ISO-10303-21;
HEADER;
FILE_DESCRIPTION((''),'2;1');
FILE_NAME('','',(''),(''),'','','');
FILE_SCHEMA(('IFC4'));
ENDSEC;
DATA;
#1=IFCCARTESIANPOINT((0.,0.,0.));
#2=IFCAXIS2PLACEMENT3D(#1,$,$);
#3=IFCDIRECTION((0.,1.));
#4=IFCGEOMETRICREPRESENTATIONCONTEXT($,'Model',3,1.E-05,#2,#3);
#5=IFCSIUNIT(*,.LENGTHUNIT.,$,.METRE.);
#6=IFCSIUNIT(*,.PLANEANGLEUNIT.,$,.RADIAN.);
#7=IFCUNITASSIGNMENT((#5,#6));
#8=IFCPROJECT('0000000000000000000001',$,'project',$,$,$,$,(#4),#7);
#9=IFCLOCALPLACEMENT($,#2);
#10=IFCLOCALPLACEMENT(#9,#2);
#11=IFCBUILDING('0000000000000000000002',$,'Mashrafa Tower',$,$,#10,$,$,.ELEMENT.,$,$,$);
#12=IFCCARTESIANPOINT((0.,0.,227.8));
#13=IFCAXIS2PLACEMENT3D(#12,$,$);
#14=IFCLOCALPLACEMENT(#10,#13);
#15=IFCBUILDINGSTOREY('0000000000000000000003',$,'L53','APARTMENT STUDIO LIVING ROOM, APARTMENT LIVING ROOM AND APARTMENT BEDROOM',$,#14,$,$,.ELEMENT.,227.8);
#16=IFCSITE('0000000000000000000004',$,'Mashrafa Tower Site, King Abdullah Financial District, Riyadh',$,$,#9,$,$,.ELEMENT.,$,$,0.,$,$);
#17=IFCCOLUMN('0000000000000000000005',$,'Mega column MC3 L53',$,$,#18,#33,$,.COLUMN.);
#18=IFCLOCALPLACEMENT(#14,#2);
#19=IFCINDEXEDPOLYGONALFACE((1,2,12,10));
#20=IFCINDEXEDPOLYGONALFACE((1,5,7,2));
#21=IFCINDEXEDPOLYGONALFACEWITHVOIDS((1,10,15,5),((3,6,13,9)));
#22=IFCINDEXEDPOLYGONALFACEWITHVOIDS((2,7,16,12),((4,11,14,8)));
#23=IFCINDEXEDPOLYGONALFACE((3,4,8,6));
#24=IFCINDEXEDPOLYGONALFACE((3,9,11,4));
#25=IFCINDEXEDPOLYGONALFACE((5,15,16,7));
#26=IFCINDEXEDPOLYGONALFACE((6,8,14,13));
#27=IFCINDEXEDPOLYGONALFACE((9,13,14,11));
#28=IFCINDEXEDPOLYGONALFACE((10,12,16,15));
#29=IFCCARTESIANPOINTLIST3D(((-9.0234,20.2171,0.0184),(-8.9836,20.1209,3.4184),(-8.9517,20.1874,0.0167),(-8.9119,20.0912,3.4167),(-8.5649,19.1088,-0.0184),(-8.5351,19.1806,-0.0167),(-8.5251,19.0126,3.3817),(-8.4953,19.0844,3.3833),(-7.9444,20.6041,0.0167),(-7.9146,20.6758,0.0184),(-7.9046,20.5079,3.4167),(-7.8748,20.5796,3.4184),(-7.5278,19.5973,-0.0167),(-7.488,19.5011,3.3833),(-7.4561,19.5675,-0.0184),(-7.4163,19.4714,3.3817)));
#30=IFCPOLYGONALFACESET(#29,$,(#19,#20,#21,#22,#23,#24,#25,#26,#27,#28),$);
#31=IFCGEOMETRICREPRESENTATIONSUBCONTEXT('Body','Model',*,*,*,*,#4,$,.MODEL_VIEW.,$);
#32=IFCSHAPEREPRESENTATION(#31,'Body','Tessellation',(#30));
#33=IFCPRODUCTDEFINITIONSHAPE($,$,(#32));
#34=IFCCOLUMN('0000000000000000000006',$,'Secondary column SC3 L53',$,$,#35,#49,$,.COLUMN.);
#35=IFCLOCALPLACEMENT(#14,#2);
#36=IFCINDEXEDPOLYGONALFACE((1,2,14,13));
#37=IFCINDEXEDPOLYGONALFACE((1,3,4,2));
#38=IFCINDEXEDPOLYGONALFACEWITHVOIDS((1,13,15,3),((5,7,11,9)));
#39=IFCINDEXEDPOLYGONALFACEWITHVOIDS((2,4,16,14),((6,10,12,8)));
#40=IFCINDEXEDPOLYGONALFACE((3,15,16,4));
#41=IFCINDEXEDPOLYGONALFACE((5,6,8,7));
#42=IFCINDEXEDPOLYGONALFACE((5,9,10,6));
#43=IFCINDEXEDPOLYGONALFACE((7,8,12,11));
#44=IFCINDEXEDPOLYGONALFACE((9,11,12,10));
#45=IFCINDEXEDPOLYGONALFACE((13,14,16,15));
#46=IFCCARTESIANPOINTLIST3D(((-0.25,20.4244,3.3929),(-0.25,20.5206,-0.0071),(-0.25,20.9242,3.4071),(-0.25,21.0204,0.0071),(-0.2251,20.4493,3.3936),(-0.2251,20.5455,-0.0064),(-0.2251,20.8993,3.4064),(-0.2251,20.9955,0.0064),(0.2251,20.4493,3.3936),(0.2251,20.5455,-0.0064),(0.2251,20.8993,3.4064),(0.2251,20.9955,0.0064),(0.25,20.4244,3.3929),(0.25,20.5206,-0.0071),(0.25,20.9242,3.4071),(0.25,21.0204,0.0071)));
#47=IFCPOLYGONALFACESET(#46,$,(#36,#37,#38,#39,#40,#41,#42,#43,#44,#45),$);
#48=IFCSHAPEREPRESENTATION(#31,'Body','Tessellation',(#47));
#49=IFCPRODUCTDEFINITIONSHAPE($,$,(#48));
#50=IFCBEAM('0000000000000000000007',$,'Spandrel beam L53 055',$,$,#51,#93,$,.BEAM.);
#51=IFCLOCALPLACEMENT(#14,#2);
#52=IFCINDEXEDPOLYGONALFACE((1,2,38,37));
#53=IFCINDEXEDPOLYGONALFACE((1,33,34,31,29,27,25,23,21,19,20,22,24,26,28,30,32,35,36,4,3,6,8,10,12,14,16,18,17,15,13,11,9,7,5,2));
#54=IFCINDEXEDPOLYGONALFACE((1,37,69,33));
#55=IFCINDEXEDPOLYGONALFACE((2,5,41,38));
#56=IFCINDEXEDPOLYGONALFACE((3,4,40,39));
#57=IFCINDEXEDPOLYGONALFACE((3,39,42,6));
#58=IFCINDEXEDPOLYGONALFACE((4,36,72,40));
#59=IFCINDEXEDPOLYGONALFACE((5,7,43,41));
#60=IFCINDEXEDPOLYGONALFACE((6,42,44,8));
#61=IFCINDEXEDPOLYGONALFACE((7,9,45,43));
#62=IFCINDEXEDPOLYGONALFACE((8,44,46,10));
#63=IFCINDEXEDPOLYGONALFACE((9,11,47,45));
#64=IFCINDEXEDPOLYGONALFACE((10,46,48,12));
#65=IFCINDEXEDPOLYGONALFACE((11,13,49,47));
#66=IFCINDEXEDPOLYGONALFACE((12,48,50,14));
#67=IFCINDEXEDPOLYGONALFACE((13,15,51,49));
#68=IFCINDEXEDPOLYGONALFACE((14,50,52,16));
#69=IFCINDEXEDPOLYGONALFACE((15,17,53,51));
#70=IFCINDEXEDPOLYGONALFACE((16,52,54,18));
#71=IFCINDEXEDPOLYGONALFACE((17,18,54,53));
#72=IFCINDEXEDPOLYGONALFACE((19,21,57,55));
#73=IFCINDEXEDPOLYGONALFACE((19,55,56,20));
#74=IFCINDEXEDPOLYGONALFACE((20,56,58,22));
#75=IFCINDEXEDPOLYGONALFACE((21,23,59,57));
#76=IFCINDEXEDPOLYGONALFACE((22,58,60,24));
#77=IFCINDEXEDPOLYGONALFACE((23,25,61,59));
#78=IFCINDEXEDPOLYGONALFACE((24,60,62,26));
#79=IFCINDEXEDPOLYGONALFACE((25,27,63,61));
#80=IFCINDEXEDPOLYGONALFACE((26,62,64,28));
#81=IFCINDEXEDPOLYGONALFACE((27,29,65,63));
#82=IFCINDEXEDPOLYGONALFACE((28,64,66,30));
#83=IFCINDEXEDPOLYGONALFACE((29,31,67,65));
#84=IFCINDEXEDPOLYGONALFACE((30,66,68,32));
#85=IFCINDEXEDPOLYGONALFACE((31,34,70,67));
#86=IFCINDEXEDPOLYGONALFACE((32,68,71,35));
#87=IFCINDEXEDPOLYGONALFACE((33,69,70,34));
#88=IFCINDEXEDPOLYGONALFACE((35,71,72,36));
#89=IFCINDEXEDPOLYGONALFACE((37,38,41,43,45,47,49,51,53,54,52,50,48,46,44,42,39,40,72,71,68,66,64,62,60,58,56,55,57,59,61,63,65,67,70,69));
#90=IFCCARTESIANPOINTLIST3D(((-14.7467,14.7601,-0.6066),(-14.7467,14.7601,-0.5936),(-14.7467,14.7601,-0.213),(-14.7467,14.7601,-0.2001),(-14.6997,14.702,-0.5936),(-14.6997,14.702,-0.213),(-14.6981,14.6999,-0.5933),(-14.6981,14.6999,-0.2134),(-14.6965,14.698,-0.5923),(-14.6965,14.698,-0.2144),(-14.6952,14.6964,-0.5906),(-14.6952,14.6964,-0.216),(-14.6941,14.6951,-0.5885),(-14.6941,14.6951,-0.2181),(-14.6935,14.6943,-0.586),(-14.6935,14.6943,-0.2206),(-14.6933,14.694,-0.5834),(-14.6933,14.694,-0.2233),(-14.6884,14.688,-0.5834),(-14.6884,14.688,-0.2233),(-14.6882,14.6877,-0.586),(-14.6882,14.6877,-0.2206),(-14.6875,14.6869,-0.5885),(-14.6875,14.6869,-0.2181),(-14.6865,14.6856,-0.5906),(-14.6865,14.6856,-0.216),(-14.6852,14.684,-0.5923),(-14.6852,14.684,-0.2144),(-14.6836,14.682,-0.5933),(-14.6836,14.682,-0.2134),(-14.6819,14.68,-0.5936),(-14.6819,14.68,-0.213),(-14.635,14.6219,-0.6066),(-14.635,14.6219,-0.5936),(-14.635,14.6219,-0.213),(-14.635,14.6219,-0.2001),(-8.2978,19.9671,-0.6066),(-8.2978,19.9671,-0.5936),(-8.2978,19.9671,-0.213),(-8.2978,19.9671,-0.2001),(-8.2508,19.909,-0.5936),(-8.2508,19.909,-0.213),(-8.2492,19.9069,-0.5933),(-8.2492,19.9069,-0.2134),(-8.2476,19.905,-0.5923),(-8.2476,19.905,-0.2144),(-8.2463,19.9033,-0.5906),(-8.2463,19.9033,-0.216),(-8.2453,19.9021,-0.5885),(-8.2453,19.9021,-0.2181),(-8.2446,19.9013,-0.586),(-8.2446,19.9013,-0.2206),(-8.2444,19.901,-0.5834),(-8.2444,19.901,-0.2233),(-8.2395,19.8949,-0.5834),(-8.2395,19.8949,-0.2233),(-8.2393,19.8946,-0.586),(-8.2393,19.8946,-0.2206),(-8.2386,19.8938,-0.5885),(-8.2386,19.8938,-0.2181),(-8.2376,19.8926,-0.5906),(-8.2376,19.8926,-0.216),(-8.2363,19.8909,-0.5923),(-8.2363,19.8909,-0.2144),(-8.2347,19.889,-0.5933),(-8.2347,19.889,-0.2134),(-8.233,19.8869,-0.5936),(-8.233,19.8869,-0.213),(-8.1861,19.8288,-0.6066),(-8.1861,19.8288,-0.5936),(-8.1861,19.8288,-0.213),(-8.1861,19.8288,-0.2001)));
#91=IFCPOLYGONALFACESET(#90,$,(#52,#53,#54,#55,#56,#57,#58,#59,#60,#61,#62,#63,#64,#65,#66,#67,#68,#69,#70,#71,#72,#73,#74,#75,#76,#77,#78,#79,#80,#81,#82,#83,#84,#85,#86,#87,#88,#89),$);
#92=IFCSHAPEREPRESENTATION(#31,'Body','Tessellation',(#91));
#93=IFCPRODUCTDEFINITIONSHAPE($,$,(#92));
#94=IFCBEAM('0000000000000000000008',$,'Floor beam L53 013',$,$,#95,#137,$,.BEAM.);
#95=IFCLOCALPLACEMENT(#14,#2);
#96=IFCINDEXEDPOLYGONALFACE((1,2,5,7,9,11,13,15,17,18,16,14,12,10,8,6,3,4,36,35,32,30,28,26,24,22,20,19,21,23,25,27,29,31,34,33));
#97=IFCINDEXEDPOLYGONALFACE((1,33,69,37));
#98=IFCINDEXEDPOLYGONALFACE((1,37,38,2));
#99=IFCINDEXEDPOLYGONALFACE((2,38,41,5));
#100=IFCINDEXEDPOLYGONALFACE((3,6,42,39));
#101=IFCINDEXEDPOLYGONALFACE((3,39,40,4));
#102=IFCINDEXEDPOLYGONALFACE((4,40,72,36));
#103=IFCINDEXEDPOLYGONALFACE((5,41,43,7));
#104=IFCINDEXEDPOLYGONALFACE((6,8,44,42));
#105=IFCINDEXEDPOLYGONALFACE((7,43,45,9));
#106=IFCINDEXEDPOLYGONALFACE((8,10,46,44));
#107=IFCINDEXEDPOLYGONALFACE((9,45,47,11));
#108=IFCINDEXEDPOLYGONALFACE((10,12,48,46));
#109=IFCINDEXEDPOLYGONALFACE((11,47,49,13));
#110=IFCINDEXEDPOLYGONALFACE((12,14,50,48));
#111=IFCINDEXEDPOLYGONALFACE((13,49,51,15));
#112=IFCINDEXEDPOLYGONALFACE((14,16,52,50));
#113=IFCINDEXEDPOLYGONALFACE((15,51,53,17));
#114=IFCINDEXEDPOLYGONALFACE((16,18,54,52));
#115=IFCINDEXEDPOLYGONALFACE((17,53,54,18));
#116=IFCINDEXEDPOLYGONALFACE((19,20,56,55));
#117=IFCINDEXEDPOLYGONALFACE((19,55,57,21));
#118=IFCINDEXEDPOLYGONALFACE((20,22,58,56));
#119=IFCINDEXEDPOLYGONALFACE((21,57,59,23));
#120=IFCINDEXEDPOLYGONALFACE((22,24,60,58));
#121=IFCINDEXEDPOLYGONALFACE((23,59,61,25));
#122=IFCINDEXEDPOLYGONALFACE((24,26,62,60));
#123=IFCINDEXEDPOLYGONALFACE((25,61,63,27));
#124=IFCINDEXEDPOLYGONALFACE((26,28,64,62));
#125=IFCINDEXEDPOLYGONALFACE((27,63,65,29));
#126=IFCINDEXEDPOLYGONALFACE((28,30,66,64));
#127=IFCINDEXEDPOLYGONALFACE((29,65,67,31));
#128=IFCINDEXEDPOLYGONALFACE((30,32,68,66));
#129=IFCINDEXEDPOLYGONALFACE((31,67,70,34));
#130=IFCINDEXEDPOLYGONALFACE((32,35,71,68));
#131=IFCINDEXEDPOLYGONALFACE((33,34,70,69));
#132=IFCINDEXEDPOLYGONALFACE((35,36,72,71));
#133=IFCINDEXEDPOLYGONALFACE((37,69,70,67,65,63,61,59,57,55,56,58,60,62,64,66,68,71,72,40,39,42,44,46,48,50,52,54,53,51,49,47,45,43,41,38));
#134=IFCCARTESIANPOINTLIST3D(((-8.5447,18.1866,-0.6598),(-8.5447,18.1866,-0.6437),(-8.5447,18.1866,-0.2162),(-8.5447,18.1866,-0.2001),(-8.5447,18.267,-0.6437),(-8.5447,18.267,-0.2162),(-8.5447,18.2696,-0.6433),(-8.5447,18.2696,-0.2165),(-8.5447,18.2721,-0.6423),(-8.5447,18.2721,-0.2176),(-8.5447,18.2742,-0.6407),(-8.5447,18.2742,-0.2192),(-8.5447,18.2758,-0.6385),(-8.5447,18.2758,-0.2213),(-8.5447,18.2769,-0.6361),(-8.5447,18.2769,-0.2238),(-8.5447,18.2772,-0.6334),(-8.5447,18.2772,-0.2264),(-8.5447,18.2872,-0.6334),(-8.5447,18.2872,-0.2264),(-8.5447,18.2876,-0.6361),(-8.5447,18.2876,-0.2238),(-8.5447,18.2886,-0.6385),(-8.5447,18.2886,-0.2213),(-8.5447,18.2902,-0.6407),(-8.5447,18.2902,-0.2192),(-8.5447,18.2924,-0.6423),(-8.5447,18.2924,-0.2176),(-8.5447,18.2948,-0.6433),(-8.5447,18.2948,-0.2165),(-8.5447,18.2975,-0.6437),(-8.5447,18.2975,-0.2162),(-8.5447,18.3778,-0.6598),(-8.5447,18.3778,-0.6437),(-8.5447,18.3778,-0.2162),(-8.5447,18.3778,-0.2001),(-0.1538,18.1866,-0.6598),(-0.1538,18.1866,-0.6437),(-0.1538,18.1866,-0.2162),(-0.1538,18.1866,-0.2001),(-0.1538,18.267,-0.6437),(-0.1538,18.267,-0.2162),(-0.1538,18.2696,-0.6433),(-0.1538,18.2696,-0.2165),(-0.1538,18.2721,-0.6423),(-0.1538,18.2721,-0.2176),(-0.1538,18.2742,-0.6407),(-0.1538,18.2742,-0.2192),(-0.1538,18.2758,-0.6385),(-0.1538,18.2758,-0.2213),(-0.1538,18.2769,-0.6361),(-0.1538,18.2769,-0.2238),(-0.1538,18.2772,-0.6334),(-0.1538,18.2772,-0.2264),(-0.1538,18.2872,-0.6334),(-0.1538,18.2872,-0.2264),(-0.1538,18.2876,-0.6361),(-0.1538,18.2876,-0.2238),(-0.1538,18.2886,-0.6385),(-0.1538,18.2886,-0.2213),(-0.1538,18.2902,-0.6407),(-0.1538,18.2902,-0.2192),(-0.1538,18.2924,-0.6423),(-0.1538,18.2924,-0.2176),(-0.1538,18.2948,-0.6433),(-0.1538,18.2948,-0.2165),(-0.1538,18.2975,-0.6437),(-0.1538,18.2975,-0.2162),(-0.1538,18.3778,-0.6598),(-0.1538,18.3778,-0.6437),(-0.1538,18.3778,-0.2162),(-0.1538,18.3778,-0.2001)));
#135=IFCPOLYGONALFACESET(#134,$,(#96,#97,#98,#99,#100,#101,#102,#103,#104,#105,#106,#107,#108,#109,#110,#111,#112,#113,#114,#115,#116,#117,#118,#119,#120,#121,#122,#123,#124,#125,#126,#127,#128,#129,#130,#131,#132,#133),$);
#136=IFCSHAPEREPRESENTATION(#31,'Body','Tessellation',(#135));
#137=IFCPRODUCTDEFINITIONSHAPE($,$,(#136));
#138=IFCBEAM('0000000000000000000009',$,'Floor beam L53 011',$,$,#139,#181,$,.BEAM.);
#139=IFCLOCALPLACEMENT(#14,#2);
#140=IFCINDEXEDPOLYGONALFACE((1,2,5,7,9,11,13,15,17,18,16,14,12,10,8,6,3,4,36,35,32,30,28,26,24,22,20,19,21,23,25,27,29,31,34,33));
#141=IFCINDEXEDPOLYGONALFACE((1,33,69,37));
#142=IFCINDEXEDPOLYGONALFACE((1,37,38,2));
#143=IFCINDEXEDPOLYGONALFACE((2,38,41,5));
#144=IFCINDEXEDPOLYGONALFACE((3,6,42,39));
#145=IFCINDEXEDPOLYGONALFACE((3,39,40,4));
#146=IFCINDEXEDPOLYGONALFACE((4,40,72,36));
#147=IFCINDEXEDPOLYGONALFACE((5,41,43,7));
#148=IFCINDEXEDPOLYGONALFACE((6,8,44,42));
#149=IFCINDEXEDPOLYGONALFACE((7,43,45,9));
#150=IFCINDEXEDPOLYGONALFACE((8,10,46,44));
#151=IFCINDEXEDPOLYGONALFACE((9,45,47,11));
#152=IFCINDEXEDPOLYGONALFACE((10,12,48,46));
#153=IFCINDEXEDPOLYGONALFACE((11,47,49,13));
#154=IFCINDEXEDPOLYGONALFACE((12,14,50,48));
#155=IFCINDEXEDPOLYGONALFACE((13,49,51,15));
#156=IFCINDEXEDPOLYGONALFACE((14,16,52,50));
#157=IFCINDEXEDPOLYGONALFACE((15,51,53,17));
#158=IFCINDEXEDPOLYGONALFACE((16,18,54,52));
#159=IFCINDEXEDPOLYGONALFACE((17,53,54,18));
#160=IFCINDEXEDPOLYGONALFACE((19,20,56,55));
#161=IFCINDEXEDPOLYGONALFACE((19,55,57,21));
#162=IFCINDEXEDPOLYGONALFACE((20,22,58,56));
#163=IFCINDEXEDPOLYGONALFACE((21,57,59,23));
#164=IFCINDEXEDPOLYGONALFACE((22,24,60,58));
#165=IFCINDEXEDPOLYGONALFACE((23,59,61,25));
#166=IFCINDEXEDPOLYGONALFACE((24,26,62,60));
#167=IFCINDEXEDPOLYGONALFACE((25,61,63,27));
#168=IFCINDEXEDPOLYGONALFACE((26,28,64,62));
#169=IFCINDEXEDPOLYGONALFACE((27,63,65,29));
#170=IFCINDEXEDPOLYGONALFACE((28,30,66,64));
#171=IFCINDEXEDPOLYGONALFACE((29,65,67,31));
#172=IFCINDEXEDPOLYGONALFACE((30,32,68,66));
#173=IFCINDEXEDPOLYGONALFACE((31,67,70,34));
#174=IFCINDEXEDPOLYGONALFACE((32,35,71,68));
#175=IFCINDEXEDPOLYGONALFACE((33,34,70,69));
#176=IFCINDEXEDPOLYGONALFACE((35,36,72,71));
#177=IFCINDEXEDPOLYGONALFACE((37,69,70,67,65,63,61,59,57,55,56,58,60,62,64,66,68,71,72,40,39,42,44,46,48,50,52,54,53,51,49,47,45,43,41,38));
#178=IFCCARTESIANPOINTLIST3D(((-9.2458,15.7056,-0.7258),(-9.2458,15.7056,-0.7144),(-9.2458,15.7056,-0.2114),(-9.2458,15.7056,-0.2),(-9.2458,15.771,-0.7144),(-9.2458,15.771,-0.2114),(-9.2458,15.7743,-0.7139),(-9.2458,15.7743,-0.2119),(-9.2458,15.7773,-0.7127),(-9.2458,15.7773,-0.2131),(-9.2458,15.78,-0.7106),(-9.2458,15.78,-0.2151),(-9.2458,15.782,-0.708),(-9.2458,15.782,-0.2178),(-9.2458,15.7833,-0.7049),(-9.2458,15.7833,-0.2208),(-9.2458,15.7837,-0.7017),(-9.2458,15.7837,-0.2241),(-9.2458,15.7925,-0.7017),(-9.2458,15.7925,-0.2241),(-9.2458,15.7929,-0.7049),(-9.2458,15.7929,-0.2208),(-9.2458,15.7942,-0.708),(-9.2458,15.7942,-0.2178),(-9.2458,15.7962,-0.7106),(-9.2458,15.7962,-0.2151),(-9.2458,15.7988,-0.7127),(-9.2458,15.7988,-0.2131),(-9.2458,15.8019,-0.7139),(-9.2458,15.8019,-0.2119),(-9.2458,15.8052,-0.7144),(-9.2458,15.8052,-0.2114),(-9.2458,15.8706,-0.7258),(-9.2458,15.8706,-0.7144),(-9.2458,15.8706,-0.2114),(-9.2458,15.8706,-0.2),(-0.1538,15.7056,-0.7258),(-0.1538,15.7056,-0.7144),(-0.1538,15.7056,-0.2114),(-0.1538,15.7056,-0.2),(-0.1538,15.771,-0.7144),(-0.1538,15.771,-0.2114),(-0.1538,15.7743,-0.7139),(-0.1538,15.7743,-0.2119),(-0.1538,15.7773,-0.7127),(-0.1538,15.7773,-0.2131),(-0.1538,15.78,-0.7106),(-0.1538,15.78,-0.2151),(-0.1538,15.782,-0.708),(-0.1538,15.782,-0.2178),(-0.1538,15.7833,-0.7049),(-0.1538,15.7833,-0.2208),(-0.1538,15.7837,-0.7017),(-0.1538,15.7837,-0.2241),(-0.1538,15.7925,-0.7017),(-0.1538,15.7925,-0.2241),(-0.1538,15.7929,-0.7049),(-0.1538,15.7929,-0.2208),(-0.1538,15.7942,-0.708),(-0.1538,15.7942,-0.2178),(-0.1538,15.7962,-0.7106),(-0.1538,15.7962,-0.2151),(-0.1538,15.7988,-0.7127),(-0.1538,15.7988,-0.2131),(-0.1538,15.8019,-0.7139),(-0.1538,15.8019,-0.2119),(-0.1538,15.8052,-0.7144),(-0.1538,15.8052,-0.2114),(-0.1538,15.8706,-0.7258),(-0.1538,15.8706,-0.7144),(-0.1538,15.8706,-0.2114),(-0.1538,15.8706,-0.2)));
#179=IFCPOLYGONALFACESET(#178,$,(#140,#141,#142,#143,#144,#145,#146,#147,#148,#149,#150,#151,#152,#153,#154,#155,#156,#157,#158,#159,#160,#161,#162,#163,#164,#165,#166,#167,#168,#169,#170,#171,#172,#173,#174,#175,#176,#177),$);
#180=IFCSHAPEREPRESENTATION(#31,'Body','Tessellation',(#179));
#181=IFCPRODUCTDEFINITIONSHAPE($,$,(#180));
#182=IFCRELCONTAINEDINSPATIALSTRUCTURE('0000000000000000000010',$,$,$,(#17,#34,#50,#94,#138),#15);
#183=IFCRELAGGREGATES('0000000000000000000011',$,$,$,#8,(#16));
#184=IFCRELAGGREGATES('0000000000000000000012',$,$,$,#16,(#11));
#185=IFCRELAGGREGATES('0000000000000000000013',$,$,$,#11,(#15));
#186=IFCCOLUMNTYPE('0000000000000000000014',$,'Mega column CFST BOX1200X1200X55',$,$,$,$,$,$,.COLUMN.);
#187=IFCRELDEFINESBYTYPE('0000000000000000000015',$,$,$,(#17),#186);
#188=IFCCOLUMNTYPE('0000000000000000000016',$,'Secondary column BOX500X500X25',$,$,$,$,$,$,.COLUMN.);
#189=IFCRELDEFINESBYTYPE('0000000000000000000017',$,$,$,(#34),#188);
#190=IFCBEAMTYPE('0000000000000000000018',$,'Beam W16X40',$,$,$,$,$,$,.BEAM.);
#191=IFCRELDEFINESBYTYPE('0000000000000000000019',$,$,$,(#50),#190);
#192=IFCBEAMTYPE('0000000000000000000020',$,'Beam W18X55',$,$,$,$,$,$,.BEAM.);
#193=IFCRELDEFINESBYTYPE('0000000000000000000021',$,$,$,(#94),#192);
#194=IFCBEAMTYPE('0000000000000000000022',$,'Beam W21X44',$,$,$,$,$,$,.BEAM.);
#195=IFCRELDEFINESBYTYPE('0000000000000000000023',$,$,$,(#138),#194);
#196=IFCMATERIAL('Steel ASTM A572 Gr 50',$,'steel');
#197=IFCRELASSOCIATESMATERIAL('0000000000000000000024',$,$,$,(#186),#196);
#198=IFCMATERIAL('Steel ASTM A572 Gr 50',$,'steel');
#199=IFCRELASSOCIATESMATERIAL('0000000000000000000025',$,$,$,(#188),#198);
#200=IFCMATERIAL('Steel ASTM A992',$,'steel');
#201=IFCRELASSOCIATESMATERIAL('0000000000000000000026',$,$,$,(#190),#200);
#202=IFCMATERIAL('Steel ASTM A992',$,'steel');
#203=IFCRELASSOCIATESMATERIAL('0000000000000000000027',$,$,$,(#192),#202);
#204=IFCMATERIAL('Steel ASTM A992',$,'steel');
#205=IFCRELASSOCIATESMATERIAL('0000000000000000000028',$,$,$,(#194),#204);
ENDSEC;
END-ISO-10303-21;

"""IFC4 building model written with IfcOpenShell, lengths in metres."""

from ifc_helpers import new_model, si_unit, direction, frame, origin, origin_2d, place, context, subcontext, project, spatial, hollow_rectangle, i_section, extrude, material, material_profile, profile_set, type_object, element, save


model = new_model("IFC4")

# Units and contexts
model_context = context("Model", 3, precision=1e-05, world=origin(), true_north=direction((0.0, 1.0)))
body_context = subcontext(model_context, "Body", "Model", "MODEL_VIEW")
ifc_project = project(units=[si_unit("LENGTHUNIT", "METRE"), si_unit("PLANEANGLEUNIT", "RADIAN")], contexts=[model_context])

# Site, building, storey
site_placement = place(None, origin())
site = spatial("IfcSite", under=ifc_project, at=site_placement, Name="Mashrafa Tower Site, King Abdullah Financial District, Riyadh", CompositionType="ELEMENT", RefElevation=0.0)
building_placement = place(site_placement, origin())
building = spatial("IfcBuilding", under=site, at=building_placement, Name="Mashrafa Tower", CompositionType="ELEMENT")
storey_placement = place(building_placement, frame((0.0, 0.0, 227.8)))
storey = spatial("IfcBuildingStorey", under=building, at=storey_placement, Name="L53", Description="APARTMENT STUDIO LIVING ROOM, APARTMENT LIVING ROOM AND APARTMENT BEDROOM", CompositionType="ELEMENT", Elevation=227.8)

# Columns
ifc_material_1 = material(Name="Steel ASTM A572 Gr 50", Category="steel")
ifc_material_profile_1 = material_profile(ifc_material_1, hollow_rectangle(XDim=1.2, YDim=1.2, WallThickness=0.0549, at=origin_2d()), Name="BOX1200X1200X55")
ifc_profile_set_1 = profile_set([ifc_material_profile_1], Name="Steel ASTM A572 Gr 50")
column_type_1 = type_object("IfcColumnType", Name="Mega column CFST BOX1200X1200X55", PredefinedType="COLUMN", material=ifc_profile_set_1)
column_1_placement = place(storey_placement, frame((-8.2397, 19.8923, 0.0), z_axis=(0.011699, -0.028279, 0.999532), x_axis=(0.924045, 0.382283, 0.0)))
element("IfcColumn", 1, at=column_1_placement, inside=storey, type_object=column_type_1, Name="Mega column MC3 L53", PredefinedType="COLUMN", context=body_context, shape_type="SweptSolid", body=[
    extrude(hollow_rectangle(XDim=1.2, YDim=1.2, WallThickness=0.0549, at=origin_2d()), origin(), (0.0, 0.0, 1.0), 3.4016),
])
ifc_material_2 = material(Name="Steel ASTM A572 Gr 50", Category="steel")
ifc_material_profile_2 = material_profile(ifc_material_2, hollow_rectangle(XDim=0.5, YDim=0.5, WallThickness=0.0249, at=origin_2d()), Name="BOX500X500X25")
ifc_profile_set_2 = profile_set([ifc_material_profile_2], Name="Steel ASTM A572 Gr 50")
column_type_2 = type_object("IfcColumnType", Name="Secondary column BOX500X500X25", PredefinedType="COLUMN", material=ifc_profile_set_2)
column_2_placement = place(storey_placement, frame((0.0, 20.7705, 0.0), z_axis=(0.0, -0.028281, 0.9996), x_axis=(1.0, 0.0, 0.0)))
element("IfcColumn", 2, at=column_2_placement, inside=storey, type_object=column_type_2, Name="Secondary column SC3 L53", PredefinedType="COLUMN", context=body_context, shape_type="SweptSolid", body=[
    extrude(hollow_rectangle(XDim=0.5, YDim=0.5, WallThickness=0.0249, at=origin_2d()), origin(), (0.0, 0.0, 1.0), 3.4014),
])

# Beams
ifc_material_3 = material(Name="Steel ASTM A992", Category="steel")
ifc_material_profile_3 = material_profile(ifc_material_3, i_section(OverallWidth=0.1777, OverallDepth=0.4065, WebThickness=0.0078, FlangeThickness=0.0129, FilletRadius=0.0103, at=origin_2d()), Name="W16X40")
ifc_profile_set_3 = profile_set([ifc_material_profile_3], Name="Steel ASTM A992")
beam_type_1 = type_object("IfcBeamType", Name="Beam W16X40", PredefinedType="BEAM", material=ifc_profile_set_3)
beam_1_placement = place(storey_placement, frame((-8.2419, 19.8979, -0.4033), z_axis=(-0.778045, -0.628209, 0.0), x_axis=(0.628209, -0.778045, 0.0)))
element("IfcBeam", 3, at=beam_1_placement, inside=storey, type_object=beam_type_1, Name="Spandrel beam L53 055", PredefinedType="BEAM", context=body_context, shape_type="SweptSolid", body=[
    extrude(i_section(OverallWidth=0.1777, OverallDepth=0.4065, WebThickness=0.0078, FlangeThickness=0.0129, FilletRadius=0.0103, at=origin_2d()), origin(), (0.0, 0.0, 1.0), 8.2886),
])
ifc_material_4 = material(Name="Steel ASTM A992", Category="steel")
ifc_material_profile_4 = material_profile(ifc_material_4, i_section(OverallWidth=0.1912, OverallDepth=0.4597, WebThickness=0.01, FlangeThickness=0.0161, FilletRadius=0.0103, at=origin_2d()), Name="W18X55")
ifc_profile_set_4 = profile_set([ifc_material_profile_4], Name="Steel ASTM A992")
beam_type_2 = type_object("IfcBeamType", Name="Beam W18X55", PredefinedType="BEAM", material=ifc_profile_set_4)
beam_2_placement = place(storey_placement, frame((-8.5447, 18.2822, -0.4299), z_axis=(1.0, 0.0, 0.0), x_axis=(0.0, 1.0, 0.0)))
element("IfcBeam", 4, at=beam_2_placement, inside=storey, type_object=beam_type_2, Name="Floor beam L53 013", PredefinedType="BEAM", context=body_context, shape_type="SweptSolid", body=[
    extrude(i_section(OverallWidth=0.1912, OverallDepth=0.4597, WebThickness=0.01, FlangeThickness=0.0161, FilletRadius=0.0103, at=origin_2d()), origin(), (0.0, 0.0, 1.0), 8.3909),
])
ifc_material_5 = material(Name="Steel ASTM A992", Category="steel")
ifc_material_profile_5 = material_profile(ifc_material_5, i_section(OverallWidth=0.165, OverallDepth=0.5259, WebThickness=0.0088, FlangeThickness=0.0115, FilletRadius=0.0127, at=origin_2d()), Name="W21X44")
ifc_profile_set_5 = profile_set([ifc_material_profile_5], Name="Steel ASTM A992")
beam_type_3 = type_object("IfcBeamType", Name="Beam W21X44", PredefinedType="BEAM", material=ifc_profile_set_5)
beam_3_placement = place(storey_placement, frame((-9.2458, 15.7881, -0.4629), z_axis=(1.0, 0.0, 0.0), x_axis=(0.0, 1.0, 0.0)))
element("IfcBeam", 5, at=beam_3_placement, inside=storey, type_object=beam_type_3, Name="Floor beam L53 011", PredefinedType="BEAM", context=body_context, shape_type="SweptSolid", body=[
    extrude(i_section(OverallWidth=0.165, OverallDepth=0.5259, WebThickness=0.0088, FlangeThickness=0.0115, FilletRadius=0.0127, at=origin_2d()), origin(), (0.0, 0.0, 1.0), 9.092),
])

save(model, "model.ifc")
